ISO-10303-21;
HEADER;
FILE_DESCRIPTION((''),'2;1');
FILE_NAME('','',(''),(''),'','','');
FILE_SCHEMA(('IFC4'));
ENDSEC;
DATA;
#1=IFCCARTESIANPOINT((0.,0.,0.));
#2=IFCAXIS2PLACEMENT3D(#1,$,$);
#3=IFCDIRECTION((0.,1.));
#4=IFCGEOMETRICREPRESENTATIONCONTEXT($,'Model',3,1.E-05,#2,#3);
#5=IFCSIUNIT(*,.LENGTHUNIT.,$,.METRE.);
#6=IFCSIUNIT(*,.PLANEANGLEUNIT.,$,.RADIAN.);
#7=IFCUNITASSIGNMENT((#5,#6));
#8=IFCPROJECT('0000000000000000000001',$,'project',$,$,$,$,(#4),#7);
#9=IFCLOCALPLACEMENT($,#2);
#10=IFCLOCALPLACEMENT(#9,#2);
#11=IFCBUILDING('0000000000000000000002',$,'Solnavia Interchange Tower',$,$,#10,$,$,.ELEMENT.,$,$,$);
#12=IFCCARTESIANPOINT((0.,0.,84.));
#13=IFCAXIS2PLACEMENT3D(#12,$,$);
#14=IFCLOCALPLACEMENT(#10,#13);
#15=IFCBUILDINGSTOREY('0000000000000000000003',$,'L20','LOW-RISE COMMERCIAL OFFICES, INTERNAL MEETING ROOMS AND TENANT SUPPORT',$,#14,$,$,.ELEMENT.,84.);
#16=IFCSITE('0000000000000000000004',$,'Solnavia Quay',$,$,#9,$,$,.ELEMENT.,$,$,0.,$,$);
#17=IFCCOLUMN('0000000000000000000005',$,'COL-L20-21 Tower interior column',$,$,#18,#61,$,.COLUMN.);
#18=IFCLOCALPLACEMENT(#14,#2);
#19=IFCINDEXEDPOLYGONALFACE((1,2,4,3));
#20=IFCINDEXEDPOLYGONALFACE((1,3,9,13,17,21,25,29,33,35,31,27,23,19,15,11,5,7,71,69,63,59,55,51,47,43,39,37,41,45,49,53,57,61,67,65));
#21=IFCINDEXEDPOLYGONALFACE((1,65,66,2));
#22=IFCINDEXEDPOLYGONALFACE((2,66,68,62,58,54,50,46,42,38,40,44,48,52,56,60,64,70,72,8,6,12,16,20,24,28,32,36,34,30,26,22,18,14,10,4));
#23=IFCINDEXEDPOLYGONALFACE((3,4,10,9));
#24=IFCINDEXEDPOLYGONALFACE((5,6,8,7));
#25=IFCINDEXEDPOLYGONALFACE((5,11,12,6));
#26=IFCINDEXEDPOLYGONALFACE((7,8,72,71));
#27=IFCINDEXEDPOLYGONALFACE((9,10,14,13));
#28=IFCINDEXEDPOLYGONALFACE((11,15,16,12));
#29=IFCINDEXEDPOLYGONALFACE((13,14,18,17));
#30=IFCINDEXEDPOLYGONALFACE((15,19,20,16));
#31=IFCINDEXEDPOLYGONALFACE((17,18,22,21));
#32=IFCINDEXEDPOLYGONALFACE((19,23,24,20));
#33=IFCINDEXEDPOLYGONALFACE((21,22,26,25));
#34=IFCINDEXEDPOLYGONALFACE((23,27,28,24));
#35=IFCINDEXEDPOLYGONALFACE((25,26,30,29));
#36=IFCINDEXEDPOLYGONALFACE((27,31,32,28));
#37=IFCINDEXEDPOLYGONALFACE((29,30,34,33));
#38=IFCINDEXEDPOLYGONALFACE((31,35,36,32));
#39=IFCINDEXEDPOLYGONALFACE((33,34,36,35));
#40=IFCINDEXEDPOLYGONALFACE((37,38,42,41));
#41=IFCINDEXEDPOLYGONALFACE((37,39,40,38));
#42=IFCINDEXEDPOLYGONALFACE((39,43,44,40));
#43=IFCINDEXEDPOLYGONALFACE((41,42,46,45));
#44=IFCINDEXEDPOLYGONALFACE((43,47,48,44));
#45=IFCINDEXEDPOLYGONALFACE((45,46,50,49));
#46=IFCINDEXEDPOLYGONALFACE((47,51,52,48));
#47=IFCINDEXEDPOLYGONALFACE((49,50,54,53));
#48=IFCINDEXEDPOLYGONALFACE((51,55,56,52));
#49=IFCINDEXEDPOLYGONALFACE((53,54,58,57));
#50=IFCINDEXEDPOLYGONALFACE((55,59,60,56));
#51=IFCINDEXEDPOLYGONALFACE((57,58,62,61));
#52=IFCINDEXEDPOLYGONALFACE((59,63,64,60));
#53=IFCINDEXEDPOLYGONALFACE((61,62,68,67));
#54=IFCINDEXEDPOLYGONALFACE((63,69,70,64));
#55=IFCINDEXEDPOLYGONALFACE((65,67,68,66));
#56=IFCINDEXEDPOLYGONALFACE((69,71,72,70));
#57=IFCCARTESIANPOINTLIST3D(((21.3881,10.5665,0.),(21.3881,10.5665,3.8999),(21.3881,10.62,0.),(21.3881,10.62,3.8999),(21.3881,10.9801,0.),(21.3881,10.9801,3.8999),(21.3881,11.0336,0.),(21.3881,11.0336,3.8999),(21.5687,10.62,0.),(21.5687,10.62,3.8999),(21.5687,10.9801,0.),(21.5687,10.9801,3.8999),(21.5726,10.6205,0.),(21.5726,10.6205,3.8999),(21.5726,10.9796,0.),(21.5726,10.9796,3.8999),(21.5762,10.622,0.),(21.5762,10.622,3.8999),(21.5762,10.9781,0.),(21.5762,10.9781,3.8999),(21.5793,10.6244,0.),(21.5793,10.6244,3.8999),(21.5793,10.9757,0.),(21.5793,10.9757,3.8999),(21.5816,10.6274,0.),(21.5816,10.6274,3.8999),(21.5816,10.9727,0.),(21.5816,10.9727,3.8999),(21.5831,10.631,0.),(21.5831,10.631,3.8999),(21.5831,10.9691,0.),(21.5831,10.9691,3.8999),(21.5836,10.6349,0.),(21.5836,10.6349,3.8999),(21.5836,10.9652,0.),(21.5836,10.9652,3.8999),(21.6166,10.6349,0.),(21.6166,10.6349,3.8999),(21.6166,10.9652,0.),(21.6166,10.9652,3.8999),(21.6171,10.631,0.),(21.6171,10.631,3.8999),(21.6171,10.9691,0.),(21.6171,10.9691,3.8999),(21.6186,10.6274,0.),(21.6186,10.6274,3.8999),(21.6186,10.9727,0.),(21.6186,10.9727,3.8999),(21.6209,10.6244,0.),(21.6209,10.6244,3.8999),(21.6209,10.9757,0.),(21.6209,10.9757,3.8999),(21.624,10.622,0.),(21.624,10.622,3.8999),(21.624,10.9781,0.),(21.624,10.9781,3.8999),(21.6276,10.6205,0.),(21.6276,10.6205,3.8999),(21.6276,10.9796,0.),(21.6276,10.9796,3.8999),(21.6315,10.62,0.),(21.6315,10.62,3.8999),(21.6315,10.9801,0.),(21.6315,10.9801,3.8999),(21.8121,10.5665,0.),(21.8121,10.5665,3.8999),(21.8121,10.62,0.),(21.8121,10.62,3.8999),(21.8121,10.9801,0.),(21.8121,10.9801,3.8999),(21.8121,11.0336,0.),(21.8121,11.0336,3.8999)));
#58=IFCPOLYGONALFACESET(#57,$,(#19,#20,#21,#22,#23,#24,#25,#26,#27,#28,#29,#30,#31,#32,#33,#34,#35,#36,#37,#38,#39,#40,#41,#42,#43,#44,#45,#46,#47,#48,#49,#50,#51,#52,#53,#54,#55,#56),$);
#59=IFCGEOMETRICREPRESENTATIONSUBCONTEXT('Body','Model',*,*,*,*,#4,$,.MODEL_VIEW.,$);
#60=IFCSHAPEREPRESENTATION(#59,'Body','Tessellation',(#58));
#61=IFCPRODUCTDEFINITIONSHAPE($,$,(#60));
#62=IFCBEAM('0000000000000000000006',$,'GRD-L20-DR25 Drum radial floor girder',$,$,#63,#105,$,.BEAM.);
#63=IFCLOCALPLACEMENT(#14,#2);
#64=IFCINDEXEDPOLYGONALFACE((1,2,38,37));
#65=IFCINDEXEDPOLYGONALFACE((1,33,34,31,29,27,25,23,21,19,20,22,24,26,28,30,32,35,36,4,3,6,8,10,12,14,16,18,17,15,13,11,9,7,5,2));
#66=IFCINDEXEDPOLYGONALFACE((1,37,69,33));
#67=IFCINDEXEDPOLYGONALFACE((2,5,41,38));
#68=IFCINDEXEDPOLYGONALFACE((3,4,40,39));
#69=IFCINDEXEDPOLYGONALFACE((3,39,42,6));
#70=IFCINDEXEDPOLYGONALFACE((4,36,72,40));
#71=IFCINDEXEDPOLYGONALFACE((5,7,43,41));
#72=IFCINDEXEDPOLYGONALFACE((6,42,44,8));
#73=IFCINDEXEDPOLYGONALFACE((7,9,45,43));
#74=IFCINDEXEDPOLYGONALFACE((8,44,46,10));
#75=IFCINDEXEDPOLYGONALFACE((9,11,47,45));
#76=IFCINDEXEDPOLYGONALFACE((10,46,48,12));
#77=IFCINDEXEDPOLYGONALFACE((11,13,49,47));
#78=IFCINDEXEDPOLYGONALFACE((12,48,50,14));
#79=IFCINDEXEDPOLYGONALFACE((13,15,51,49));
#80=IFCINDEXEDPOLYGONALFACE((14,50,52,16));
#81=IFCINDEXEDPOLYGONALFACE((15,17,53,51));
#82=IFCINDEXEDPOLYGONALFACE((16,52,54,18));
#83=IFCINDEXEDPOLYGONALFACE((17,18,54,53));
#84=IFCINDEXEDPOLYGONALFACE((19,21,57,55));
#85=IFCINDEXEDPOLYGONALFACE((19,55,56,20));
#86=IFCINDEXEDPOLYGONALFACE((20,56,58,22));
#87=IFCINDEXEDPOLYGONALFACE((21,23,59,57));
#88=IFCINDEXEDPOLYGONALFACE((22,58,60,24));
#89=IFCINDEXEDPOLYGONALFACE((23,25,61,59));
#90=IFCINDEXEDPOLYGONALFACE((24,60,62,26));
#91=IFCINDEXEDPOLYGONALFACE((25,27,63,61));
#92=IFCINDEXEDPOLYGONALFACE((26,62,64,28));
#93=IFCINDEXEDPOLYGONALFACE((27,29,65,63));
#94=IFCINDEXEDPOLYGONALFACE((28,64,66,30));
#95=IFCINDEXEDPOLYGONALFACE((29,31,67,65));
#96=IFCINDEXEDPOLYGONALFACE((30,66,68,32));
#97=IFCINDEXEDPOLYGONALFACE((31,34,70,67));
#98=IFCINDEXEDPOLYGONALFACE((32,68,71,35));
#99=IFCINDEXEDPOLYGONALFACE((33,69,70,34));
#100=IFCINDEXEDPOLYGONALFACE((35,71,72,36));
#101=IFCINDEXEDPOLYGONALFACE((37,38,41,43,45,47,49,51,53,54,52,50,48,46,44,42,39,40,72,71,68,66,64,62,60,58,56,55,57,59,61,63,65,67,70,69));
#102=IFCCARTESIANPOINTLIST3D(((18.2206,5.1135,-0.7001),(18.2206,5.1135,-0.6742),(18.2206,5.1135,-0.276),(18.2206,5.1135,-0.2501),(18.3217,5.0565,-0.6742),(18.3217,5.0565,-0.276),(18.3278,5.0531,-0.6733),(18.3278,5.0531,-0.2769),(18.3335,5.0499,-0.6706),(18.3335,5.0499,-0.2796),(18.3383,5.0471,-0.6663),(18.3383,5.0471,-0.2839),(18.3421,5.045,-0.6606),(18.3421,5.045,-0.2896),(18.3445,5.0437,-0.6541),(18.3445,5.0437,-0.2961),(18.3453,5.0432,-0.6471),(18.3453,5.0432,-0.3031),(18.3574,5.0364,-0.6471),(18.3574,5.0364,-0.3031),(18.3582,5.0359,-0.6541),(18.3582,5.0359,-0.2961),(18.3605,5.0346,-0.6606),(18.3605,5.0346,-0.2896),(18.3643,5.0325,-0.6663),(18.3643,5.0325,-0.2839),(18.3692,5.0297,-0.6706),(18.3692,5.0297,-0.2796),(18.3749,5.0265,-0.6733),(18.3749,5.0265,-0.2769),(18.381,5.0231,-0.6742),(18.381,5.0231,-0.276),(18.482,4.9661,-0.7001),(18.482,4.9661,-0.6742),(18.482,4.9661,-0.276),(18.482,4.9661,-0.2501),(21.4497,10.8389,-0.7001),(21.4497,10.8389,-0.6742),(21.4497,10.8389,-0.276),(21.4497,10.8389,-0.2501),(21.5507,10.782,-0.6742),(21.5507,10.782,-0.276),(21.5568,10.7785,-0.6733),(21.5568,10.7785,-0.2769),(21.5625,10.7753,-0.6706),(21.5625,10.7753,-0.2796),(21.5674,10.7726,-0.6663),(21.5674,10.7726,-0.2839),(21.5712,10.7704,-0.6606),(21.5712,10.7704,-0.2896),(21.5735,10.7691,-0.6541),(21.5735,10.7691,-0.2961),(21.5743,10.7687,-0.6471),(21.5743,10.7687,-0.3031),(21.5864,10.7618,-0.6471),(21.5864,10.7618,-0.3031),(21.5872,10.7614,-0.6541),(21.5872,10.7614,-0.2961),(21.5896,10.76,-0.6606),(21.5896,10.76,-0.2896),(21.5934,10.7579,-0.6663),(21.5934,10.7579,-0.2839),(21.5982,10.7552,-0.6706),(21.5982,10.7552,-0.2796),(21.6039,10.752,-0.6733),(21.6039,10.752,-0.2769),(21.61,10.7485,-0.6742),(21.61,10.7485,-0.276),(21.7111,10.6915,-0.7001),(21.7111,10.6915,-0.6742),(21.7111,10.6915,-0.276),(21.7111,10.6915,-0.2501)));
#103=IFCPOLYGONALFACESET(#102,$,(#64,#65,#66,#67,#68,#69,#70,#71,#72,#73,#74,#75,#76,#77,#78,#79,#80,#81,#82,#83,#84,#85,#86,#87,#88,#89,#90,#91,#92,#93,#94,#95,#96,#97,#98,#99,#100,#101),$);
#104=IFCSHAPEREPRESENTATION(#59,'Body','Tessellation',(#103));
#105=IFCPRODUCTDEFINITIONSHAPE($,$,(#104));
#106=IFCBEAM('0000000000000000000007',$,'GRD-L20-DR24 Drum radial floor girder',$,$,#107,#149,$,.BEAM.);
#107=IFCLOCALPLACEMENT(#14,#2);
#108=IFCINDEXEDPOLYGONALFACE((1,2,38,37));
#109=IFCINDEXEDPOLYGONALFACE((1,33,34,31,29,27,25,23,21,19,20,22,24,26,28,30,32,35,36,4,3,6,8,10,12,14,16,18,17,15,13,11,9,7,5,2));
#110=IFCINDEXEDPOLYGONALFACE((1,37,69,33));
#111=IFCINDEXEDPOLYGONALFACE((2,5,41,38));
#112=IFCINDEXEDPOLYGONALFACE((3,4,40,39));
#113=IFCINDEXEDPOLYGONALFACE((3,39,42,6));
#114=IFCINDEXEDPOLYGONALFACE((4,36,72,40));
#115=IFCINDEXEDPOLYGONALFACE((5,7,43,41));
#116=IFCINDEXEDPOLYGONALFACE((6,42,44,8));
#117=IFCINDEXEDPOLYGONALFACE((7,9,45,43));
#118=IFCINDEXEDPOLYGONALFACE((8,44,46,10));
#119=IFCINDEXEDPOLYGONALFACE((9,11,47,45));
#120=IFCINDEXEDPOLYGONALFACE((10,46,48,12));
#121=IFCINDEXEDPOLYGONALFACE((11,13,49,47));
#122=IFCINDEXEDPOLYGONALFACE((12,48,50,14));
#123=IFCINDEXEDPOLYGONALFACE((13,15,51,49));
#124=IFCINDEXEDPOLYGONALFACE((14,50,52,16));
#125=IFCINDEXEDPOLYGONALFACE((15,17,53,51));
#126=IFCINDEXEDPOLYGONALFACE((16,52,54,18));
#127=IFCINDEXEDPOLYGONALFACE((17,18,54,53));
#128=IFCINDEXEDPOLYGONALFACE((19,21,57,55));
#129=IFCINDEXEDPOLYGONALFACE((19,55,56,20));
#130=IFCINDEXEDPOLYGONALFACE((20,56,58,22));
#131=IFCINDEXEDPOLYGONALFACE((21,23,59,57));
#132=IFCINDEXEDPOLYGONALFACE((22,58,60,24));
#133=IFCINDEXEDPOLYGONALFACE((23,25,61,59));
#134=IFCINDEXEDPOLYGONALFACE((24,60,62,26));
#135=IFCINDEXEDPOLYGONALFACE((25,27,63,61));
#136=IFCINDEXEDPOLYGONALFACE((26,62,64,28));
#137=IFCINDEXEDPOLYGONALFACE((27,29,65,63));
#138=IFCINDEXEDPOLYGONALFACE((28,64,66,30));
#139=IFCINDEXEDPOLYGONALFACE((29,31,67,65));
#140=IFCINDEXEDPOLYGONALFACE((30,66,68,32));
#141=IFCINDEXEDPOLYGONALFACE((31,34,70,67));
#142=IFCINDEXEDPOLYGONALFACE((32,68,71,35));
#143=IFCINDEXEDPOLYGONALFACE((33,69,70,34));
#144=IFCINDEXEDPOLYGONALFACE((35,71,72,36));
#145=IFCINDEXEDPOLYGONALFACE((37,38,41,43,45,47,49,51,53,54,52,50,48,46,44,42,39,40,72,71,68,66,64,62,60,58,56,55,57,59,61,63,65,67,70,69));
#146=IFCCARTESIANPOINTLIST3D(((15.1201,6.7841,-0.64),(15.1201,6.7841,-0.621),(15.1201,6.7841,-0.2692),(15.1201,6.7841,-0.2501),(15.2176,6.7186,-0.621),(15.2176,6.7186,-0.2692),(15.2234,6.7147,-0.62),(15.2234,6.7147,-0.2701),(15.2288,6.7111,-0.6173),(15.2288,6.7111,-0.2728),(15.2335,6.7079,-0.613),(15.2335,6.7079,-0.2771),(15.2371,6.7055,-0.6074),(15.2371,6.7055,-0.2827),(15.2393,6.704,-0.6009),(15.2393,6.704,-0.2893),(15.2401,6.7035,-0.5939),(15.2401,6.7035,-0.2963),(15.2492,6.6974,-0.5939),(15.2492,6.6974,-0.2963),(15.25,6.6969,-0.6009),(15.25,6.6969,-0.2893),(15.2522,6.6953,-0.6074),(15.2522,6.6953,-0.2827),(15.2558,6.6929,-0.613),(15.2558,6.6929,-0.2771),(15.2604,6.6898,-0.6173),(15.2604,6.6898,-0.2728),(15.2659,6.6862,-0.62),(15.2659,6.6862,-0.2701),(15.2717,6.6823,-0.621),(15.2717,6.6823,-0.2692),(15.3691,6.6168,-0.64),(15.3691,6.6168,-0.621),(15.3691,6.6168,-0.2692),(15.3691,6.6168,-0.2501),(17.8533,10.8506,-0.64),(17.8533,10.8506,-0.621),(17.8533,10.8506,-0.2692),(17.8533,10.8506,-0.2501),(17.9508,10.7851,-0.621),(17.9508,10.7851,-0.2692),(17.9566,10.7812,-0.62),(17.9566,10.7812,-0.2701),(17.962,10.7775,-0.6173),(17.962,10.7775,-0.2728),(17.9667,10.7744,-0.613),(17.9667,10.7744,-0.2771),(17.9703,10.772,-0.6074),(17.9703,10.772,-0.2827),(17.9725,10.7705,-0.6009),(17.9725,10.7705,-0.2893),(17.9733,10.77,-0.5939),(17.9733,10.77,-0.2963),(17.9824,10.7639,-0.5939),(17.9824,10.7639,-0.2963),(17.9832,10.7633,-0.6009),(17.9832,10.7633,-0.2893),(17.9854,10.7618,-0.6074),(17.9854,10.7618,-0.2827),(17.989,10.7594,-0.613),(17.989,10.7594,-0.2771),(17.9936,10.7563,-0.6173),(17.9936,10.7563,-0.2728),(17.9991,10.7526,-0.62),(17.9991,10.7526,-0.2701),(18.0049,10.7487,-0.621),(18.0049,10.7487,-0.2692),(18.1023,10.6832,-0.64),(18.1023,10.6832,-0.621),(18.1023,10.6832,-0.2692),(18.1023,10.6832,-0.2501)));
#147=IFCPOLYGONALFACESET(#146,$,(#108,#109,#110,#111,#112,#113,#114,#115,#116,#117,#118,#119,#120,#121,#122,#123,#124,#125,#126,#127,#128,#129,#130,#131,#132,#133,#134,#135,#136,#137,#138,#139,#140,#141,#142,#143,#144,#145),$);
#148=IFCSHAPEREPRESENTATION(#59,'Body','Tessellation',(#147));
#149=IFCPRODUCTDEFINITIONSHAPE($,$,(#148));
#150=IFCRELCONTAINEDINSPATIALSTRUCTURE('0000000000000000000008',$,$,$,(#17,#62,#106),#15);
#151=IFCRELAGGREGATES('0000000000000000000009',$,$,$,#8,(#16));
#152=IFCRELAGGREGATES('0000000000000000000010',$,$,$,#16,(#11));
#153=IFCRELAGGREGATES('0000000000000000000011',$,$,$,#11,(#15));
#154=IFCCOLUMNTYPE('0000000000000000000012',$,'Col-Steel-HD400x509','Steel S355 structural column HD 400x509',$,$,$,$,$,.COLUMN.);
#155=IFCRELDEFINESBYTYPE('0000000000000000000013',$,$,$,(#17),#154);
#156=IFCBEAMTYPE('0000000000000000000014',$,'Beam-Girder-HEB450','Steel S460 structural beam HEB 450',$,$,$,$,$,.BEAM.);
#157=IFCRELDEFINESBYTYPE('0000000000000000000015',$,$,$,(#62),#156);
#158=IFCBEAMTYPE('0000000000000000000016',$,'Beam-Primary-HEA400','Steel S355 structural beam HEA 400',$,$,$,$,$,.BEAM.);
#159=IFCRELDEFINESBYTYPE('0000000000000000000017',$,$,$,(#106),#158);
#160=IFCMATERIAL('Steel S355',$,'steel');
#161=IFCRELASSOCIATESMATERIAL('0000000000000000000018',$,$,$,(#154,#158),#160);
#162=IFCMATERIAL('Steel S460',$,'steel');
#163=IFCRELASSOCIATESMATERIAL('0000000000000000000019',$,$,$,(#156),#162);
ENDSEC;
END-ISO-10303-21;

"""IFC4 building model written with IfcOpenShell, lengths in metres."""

from ifc_helpers import new_model, si_unit, direction, frame, origin, origin_2d, place, context, subcontext, project, spatial, i_section, extrude, material, material_profile, profile_set, type_object, element, save


model = new_model("IFC4")

# Units and contexts
model_context = context("Model", 3, precision=1e-05, world=origin(), true_north=direction((0.0, 1.0)))
body_context = subcontext(model_context, "Body", "Model", "MODEL_VIEW")
ifc_project = project(units=[si_unit("LENGTHUNIT", "METRE"), si_unit("PLANEANGLEUNIT", "RADIAN")], contexts=[model_context])

# Site, building, storey
site_placement = place(None, origin())
site = spatial("IfcSite", under=ifc_project, at=site_placement, Name="Solnavia Quay", CompositionType="ELEMENT", RefElevation=0.0)
building_placement = place(site_placement, origin())
building = spatial("IfcBuilding", under=site, at=building_placement, Name="Solnavia Interchange Tower", CompositionType="ELEMENT")
storey_placement = place(building_placement, frame((0.0, 0.0, 84.0)))
storey = spatial("IfcBuildingStorey", under=building, at=storey_placement, Name="L20", Description="LOW-RISE COMMERCIAL OFFICES, INTERNAL MEETING ROOMS AND TENANT SUPPORT", CompositionType="ELEMENT", Elevation=84.0)

# Column
ifc_material_1 = material(Name="Steel S355", Category="steel")
ifc_material_profile_1 = material_profile(ifc_material_1, i_section(OverallWidth=0.4241, OverallDepth=0.467, WebThickness=0.033, FlangeThickness=0.0535, FilletRadius=0.0149, at=origin_2d()), Name="HD 400x509")
ifc_profile_set_1 = profile_set([ifc_material_profile_1], Name="Steel S355")
column_type_1 = type_object("IfcColumnType", Name="Col-Steel-HD400x509", Description="Steel S355 structural column HD 400x509", PredefinedType="COLUMN", material=ifc_profile_set_1)
column_placement = place(storey_placement, frame((21.6001, 10.8, 0.0), z_axis=(0.0, 0.0, 1.0), x_axis=(1.0, 0.0, 0.0)))
element("IfcColumn", 1, at=column_placement, inside=storey, type_object=column_type_1, Name="COL-L20-21 Tower interior column", PredefinedType="COLUMN", context=body_context, shape_type="SweptSolid", body=[
    extrude(i_section(OverallWidth=0.4241, OverallDepth=0.467, WebThickness=0.033, FlangeThickness=0.0535, FilletRadius=0.0149, at=origin_2d()), origin(), (0.0, 0.0, 1.0), 3.8999),
])

# Beams
ifc_material_2 = material(Name="Steel S460", Category="steel")
ifc_material_profile_2 = material_profile(ifc_material_2, i_section(OverallWidth=0.3, OverallDepth=0.45, WebThickness=0.0139, FlangeThickness=0.0259, FilletRadius=0.0271, at=origin_2d()), Name="HEB 450")
ifc_profile_set_2 = profile_set([ifc_material_profile_2], Name="Steel S460")
beam_type_1 = type_object("IfcBeamType", Name="Beam-Girder-HEB450", Description="Steel S460 structural beam HEB 450", PredefinedType="BEAM", material=ifc_profile_set_2)
beam_1_placement = place(storey_placement, frame((18.3513, 5.0398, -0.4751), z_axis=(0.491243, 0.871022, 0.0), x_axis=(-0.871022, 0.491243, 0.0)))
element("IfcBeam", 2, at=beam_1_placement, inside=storey, type_object=beam_type_1, Name="GRD-L20-DR25 Drum radial floor girder", PredefinedType="BEAM", context=body_context, shape_type="SweptSolid", body=[
    extrude(i_section(OverallWidth=0.3, OverallDepth=0.45, WebThickness=0.0139, FlangeThickness=0.0259, FilletRadius=0.0271, at=origin_2d()), origin(), (0.0, 0.0, 1.0), 6.5732),
])
ifc_material_profile_3 = material_profile(ifc_material_1, i_section(OverallWidth=0.3, OverallDepth=0.3899, WebThickness=0.011, FlangeThickness=0.019, FilletRadius=0.0271, at=origin_2d()), Name="HEA 400")
ifc_profile_set_3 = profile_set([ifc_material_profile_3], Name="Steel S355")
beam_type_2 = type_object("IfcBeamType", Name="Beam-Primary-HEA400", Description="Steel S355 structural beam HEA 400", PredefinedType="BEAM", material=ifc_profile_set_3)
beam_2_placement = place(storey_placement, frame((15.2446, 6.7004, -0.4451), z_axis=(0.557835, 0.829952, 0.0), x_axis=(-0.829952, 0.557835, 0.0)))
element("IfcBeam", 3, at=beam_2_placement, inside=storey, type_object=beam_type_2, Name="GRD-L20-DR24 Drum radial floor girder", PredefinedType="BEAM", context=body_context, shape_type="SweptSolid", body=[
    extrude(i_section(OverallWidth=0.3, OverallDepth=0.3899, WebThickness=0.011, FlangeThickness=0.019, FilletRadius=0.0271, at=origin_2d()), origin(), (0.0, 0.0, 1.0), 4.8997),
])

save(model, "model.ifc")
